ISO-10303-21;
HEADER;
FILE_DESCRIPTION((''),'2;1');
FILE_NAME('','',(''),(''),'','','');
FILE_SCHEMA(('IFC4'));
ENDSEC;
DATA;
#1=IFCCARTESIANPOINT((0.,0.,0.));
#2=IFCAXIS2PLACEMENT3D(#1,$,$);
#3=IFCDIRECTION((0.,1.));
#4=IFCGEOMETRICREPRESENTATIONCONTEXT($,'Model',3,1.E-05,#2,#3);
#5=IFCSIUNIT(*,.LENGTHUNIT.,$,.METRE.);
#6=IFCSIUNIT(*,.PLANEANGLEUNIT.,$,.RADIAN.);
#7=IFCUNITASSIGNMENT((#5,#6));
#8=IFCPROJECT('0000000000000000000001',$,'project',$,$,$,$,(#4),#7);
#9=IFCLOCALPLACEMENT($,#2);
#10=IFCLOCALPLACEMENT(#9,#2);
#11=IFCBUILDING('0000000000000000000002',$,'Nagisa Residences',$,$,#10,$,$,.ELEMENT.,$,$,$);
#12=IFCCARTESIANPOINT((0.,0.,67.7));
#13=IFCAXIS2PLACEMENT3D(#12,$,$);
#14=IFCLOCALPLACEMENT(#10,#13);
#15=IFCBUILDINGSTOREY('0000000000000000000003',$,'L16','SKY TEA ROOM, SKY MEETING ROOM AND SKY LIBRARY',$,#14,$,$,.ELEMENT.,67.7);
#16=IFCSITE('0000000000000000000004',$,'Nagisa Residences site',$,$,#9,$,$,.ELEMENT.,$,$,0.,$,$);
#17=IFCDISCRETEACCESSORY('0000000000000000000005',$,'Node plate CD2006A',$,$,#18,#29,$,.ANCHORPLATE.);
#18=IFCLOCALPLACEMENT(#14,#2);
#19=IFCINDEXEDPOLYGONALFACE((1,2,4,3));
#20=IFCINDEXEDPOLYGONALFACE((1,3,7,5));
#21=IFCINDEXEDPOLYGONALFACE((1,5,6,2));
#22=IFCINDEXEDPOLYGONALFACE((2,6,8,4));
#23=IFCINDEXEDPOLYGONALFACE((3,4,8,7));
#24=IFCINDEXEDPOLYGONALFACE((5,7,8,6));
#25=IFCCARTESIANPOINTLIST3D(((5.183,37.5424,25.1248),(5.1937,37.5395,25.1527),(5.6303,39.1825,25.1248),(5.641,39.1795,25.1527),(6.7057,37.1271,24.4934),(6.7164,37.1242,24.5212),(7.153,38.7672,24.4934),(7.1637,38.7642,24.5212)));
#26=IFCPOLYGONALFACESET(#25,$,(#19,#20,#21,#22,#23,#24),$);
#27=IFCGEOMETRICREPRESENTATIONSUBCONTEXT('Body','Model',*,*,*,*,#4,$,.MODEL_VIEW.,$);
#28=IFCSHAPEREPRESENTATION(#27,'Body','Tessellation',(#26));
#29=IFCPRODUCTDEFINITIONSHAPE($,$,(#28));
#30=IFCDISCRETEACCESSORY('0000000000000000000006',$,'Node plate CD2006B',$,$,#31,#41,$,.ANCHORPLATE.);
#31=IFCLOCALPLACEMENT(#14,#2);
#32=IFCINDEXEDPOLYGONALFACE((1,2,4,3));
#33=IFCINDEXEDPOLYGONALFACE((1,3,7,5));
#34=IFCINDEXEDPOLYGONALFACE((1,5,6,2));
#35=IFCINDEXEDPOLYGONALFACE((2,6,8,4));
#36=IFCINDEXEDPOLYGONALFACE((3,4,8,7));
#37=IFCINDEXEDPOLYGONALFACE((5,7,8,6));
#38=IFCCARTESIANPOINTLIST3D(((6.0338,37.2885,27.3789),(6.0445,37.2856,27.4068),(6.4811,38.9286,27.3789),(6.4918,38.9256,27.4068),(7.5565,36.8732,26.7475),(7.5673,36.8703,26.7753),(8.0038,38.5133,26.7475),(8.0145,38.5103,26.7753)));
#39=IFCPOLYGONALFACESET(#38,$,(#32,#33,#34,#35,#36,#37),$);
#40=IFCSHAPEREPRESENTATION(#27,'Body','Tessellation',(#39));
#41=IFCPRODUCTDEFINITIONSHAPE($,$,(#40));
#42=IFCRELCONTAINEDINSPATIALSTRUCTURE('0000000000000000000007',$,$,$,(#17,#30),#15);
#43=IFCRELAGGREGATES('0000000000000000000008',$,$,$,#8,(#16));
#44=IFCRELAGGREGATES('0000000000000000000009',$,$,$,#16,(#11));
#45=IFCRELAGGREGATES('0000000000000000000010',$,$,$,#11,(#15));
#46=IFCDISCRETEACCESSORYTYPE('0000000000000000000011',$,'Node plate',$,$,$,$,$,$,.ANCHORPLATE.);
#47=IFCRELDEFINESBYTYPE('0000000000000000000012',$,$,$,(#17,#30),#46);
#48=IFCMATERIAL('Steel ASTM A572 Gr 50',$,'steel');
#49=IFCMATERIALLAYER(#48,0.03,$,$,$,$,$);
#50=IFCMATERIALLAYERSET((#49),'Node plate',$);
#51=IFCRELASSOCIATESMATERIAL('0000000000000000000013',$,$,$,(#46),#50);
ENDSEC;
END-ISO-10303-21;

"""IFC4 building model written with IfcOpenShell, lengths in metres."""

from ifc_helpers import new_model, si_unit, direction, frame, origin, origin_2d, place, context, subcontext, project, spatial, rectangle, extrude, material, layer, layer_set, type_object, element, save


model = new_model("IFC4")

# Units and contexts
model_context = context("Model", 3, precision=1e-05, world=origin(), true_north=direction((0.0, 1.0)))
body_context = subcontext(model_context, "Body", "Model", "MODEL_VIEW")
ifc_project = project(units=[si_unit("LENGTHUNIT", "METRE"), si_unit("PLANEANGLEUNIT", "RADIAN")], contexts=[model_context])

# Site, building, storey
site_placement = place(None, origin())
site = spatial("IfcSite", under=ifc_project, at=site_placement, Name="Nagisa Residences site", CompositionType="ELEMENT", RefElevation=0.0)
building_placement = place(site_placement, origin())
building = spatial("IfcBuilding", under=site, at=building_placement, Name="Nagisa Residences", CompositionType="ELEMENT")
storey_placement = place(building_placement, frame((0.0, 0.0, 67.7)))
storey = spatial("IfcBuildingStorey", under=building, at=storey_placement, Name="L16", Description="SKY TEA ROOM, SKY MEETING ROOM AND SKY LIBRARY", CompositionType="ELEMENT", Elevation=67.7)

# Discrete accessories
ifc_material_1 = material(Name="Steel ASTM A572 Gr 50", Category="steel")
ifc_layer = layer(ifc_material_1, 0.03)
ifc_layer_set = layer_set([ifc_layer], Name="Node plate")
discrete_accessory_type = type_object("IfcDiscreteAccessoryType", Name="Node plate", PredefinedType="ANCHORPLATE", material=ifc_layer_set)
for number, where, z_axis, x_axis, name in (
    (1, (6.168, 38.1548, 24.8091), (0.358352, -0.097732, 0.928457), (0.263117, 0.964764, 0.0), "Node plate CD2006A"),
    (2, (7.0295, 37.8979, 27.0911), (-0.358352, 0.097732, -0.928457), (-0.263117, -0.964764, 0.0), "Node plate CD2006B"),
):
    element("IfcDiscreteAccessory", number, at=place(storey_placement, frame(where, z_axis=z_axis, x_axis=x_axis)), inside=storey, type_object=discrete_accessory_type, Name=name, PredefinedType="ANCHORPLATE", context=body_context, shape_type="SweptSolid", body=[
        extrude(rectangle(XDim=1.7, YDim=1.7, at=origin_2d()), origin(), (0.0, 0.0, 1.0), 0.03),
    ])

save(model, "model.ifc")
